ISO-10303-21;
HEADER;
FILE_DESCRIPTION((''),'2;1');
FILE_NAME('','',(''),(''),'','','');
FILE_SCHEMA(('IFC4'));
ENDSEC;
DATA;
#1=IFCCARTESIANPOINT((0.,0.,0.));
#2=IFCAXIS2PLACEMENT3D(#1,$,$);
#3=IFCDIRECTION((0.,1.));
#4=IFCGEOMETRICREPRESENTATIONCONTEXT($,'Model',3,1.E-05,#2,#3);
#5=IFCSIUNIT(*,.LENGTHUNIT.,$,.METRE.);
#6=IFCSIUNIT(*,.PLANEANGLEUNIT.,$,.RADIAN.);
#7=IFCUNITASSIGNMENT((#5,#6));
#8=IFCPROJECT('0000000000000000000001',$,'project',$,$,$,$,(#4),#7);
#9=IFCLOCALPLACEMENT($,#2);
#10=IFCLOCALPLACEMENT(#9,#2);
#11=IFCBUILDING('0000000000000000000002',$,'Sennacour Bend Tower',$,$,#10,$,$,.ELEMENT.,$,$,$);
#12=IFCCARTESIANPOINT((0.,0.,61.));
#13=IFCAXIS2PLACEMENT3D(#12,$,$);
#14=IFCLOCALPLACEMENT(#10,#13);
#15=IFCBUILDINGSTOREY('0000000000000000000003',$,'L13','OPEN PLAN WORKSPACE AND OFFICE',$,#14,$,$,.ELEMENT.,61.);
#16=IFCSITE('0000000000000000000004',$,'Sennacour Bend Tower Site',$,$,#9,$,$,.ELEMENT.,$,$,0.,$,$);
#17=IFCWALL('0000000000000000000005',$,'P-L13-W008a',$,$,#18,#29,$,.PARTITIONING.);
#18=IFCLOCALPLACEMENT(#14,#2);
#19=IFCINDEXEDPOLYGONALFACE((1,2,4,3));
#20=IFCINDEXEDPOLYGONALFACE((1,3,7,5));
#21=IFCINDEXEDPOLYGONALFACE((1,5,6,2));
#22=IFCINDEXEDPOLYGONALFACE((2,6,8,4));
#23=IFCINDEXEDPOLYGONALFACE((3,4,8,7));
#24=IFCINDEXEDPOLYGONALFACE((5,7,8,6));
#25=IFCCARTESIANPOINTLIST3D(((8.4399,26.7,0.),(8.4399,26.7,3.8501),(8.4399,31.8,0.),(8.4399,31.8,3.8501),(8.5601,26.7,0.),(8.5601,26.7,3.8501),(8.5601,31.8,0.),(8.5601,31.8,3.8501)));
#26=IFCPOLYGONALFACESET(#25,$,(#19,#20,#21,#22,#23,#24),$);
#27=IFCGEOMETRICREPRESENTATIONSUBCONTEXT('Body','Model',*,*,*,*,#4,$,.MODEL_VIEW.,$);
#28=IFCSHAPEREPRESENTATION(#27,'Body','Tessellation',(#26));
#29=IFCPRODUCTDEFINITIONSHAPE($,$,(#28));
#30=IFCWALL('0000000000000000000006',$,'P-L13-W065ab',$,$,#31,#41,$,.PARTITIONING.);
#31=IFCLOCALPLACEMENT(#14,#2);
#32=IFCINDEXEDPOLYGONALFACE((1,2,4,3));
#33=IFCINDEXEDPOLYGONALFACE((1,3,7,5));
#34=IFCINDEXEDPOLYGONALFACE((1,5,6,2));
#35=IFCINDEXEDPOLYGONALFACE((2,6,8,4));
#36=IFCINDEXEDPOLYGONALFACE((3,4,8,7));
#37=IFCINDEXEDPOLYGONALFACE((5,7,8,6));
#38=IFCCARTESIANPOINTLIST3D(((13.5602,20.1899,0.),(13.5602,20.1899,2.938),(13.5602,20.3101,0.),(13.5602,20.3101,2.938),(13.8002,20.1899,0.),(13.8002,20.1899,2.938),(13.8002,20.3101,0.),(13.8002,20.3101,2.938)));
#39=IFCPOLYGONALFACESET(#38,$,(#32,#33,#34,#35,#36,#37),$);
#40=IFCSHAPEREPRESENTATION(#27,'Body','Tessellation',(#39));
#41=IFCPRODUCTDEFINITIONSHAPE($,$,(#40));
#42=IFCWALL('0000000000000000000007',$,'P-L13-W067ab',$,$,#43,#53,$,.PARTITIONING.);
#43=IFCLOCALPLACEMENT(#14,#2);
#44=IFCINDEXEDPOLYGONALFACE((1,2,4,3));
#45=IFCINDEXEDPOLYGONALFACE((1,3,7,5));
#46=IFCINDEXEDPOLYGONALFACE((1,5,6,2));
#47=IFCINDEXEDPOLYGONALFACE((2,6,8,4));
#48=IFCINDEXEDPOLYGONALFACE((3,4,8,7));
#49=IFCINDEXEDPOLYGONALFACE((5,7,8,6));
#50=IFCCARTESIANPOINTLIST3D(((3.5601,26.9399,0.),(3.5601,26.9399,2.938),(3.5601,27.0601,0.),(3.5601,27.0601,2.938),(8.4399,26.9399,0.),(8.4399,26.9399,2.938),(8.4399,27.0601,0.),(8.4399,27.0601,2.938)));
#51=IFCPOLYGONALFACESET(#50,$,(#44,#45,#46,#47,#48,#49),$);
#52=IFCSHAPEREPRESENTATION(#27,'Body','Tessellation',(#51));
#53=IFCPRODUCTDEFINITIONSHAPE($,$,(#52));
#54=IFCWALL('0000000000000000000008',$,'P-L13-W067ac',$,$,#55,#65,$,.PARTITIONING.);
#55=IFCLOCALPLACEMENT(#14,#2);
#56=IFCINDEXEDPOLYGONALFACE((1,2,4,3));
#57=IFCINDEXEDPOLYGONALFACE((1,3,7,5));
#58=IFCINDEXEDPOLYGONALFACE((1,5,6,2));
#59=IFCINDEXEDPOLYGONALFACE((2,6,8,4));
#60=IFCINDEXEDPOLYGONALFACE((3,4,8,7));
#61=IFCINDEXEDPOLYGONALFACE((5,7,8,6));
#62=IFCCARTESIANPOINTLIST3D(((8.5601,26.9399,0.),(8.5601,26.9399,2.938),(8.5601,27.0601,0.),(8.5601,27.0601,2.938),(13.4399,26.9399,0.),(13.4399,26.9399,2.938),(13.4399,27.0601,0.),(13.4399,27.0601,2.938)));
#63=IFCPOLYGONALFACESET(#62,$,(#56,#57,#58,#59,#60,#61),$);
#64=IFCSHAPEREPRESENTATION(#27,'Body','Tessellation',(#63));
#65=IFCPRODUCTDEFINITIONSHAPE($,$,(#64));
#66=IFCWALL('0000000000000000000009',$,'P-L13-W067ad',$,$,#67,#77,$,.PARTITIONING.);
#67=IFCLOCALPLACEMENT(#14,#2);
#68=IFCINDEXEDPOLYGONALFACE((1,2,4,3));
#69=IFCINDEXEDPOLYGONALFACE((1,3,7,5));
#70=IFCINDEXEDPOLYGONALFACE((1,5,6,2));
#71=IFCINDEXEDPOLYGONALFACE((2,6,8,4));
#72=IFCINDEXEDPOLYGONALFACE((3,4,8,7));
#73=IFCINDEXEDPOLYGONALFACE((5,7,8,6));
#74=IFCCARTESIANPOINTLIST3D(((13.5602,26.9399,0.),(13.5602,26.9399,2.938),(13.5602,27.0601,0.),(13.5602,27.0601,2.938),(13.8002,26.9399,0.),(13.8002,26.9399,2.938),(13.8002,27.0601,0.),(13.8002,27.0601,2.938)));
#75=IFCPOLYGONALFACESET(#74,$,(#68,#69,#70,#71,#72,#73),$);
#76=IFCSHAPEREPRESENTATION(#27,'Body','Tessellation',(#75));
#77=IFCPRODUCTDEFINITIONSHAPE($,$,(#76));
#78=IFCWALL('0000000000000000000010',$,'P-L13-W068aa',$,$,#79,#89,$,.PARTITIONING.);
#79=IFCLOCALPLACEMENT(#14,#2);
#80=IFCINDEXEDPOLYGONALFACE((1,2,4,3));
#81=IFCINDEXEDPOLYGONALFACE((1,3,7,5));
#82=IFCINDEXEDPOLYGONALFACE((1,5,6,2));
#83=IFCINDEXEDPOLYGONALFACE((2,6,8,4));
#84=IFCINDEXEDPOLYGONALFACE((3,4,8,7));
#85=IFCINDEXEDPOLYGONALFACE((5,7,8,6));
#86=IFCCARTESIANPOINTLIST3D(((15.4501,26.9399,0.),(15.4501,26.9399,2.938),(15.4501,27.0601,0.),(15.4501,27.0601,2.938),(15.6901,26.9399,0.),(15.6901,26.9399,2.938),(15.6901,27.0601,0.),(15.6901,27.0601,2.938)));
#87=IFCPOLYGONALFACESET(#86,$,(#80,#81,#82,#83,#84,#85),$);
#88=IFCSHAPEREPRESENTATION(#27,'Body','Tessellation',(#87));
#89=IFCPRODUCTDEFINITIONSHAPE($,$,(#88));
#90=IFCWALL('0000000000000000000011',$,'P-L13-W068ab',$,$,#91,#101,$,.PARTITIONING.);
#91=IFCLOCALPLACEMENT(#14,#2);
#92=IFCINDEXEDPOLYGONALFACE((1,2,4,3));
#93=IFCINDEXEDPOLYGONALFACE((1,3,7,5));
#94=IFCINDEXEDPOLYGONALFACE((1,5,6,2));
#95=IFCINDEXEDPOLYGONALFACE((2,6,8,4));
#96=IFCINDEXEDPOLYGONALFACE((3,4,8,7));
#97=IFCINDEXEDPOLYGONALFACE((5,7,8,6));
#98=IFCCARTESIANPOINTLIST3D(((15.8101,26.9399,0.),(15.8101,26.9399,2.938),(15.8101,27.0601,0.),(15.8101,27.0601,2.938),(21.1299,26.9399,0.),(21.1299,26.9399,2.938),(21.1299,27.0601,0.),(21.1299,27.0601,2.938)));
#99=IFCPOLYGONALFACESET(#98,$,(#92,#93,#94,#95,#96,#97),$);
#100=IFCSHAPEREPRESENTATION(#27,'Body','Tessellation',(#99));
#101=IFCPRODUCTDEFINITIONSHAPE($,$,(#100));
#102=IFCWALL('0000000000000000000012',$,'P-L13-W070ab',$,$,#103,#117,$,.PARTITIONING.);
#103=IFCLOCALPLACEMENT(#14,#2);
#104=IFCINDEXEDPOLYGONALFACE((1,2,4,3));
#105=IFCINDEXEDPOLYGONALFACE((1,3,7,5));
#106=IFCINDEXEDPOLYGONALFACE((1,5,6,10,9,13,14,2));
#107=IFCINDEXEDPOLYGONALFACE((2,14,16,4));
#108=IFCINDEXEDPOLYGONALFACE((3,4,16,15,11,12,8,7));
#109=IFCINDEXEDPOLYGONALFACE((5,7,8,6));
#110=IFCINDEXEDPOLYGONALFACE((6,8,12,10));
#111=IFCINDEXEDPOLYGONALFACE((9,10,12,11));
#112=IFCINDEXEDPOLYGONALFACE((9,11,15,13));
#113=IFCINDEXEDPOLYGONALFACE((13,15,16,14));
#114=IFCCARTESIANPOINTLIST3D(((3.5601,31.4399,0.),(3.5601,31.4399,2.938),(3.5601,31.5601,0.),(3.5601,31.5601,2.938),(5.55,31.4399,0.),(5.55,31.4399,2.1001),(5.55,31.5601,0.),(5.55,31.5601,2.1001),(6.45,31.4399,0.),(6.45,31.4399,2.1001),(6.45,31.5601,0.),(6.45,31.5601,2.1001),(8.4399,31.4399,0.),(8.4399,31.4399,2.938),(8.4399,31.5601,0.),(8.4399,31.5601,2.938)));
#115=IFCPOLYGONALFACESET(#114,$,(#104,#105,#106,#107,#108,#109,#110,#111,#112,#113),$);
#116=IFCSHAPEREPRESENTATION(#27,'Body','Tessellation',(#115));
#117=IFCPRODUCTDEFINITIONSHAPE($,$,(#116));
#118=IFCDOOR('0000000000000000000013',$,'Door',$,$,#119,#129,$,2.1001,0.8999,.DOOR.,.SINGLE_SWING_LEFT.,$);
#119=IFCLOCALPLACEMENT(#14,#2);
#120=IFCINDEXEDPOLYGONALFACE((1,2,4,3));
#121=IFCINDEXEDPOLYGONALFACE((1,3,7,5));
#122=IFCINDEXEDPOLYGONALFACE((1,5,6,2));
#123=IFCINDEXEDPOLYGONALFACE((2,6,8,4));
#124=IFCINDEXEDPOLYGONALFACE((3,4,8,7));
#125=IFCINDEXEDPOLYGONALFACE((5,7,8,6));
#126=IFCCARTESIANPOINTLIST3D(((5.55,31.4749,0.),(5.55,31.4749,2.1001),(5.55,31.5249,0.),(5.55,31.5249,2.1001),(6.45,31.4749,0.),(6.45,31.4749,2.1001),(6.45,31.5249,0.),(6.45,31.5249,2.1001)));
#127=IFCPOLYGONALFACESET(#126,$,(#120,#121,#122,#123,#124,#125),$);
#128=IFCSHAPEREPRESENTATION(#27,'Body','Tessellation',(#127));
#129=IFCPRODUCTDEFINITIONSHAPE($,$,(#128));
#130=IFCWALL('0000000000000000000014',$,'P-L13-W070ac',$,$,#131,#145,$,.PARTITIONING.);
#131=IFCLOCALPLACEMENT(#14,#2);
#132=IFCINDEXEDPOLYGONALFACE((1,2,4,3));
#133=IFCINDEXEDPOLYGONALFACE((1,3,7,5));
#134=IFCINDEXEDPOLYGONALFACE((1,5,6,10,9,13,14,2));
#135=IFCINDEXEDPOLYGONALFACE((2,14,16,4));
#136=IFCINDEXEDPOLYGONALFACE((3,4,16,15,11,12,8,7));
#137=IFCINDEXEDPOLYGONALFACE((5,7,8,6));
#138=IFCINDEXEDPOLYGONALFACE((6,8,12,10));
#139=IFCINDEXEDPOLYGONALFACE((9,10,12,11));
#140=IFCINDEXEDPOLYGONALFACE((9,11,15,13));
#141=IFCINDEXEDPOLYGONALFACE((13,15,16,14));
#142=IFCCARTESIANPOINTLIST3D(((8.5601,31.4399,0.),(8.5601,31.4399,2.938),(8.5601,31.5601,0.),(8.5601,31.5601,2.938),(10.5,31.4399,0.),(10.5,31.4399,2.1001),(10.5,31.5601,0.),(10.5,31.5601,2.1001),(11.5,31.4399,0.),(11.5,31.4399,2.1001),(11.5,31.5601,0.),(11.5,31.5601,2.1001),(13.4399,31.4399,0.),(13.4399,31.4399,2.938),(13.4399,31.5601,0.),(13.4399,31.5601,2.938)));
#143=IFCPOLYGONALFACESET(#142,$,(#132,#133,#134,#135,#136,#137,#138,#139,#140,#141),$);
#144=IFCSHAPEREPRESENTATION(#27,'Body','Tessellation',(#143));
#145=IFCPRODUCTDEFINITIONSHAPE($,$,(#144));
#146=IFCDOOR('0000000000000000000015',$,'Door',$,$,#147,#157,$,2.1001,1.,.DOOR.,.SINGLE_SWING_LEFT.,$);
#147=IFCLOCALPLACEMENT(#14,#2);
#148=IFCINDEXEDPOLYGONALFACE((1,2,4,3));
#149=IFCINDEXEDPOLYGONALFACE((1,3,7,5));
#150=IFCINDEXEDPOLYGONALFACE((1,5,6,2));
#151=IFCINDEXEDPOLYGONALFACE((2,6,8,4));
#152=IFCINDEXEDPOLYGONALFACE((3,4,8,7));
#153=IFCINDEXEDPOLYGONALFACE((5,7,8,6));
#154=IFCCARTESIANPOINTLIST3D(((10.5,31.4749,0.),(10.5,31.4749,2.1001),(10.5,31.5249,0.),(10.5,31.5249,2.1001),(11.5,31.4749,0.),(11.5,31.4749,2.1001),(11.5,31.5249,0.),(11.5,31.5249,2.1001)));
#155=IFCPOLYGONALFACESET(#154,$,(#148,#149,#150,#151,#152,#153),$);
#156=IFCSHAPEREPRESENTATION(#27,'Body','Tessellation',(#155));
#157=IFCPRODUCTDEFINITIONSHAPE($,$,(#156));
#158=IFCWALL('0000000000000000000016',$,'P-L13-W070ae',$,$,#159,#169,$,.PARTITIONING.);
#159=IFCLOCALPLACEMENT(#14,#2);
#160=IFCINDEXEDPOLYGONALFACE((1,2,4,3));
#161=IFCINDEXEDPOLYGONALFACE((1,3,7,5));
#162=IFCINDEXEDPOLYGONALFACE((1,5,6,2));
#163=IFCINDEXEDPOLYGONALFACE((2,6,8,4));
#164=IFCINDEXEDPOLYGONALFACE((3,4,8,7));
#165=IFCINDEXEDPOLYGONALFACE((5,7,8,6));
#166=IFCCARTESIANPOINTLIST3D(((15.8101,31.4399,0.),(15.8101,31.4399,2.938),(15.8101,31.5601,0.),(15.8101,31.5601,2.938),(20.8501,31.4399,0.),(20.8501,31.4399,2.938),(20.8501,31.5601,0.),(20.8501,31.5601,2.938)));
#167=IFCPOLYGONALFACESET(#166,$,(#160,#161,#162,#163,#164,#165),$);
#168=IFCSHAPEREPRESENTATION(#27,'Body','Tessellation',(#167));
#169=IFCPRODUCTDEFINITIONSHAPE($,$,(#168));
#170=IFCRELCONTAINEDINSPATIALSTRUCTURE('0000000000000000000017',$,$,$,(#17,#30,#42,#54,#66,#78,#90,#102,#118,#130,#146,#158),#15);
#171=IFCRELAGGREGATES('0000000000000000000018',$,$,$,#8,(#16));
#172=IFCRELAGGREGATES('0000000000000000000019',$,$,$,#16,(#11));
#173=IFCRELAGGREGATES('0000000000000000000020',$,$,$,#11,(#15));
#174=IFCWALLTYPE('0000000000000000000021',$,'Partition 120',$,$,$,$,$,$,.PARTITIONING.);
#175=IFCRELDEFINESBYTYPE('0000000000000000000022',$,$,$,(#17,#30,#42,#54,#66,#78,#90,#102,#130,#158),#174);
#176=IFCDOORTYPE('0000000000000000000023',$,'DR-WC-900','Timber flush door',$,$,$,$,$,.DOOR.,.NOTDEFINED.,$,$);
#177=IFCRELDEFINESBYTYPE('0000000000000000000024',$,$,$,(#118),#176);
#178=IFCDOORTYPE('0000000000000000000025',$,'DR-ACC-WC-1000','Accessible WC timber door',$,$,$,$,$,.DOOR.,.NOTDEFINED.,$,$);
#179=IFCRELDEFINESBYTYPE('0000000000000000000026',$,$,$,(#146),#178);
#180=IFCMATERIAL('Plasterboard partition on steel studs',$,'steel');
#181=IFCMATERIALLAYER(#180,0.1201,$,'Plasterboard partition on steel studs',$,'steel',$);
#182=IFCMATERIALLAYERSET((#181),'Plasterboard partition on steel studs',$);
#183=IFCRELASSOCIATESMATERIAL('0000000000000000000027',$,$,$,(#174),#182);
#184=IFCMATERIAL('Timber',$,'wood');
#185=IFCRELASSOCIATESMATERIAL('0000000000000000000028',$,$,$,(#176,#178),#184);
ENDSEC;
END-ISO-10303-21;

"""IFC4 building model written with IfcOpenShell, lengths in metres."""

from ifc_helpers import new_model, si_unit, direction, frame, frame_2d, origin, place, context, subcontext, project, spatial, rectangle, extrude, material, layer, layer_set, type_object, element, fill, save


model = new_model("IFC4")

# Units and contexts
model_context = context("Model", 3, precision=1e-05, world=origin(), true_north=direction((0.0, 1.0)))
body_context = subcontext(model_context, "Body", "Model", "MODEL_VIEW")
ifc_project = project(units=[si_unit("LENGTHUNIT", "METRE"), si_unit("PLANEANGLEUNIT", "RADIAN")], contexts=[model_context])

# Site, building, storey
site_placement = place(None, origin())
site = spatial("IfcSite", under=ifc_project, at=site_placement, Name="Sennacour Bend Tower Site", CompositionType="ELEMENT", RefElevation=0.0)
building_placement = place(site_placement, origin())
building = spatial("IfcBuilding", under=site, at=building_placement, Name="Sennacour Bend Tower", CompositionType="ELEMENT")
storey_placement = place(building_placement, frame((0.0, 0.0, 61.0)))
storey = spatial("IfcBuildingStorey", under=building, at=storey_placement, Name="L13", Description="OPEN PLAN WORKSPACE AND OFFICE", CompositionType="ELEMENT", Elevation=61.0)

# Walls
ifc_material_1 = material(Name="Plasterboard partition on steel studs", Category="steel")
ifc_layer_1 = layer(ifc_material_1, 0.1201, Name="Plasterboard partition on steel studs", Category="steel")
ifc_layer_set_1 = layer_set([ifc_layer_1], Name="Plasterboard partition on steel studs")
wall_type_1 = type_object("IfcWallType", Name="Partition 120", PredefinedType="PARTITIONING", material=ifc_layer_set_1)
for number, where, z_axis, x_axis, name in (
    (1, (8.5, 26.7, 0.0), (0.0, 0.0, 1.0), (0.0, 1.0, 0.0), "P-L13-W008a"),
):
    element("IfcWall", number, at=place(storey_placement, frame(where, z_axis=z_axis, x_axis=x_axis)), inside=storey, type_object=wall_type_1, Name=name, PredefinedType="PARTITIONING", context=body_context, shape_type="SweptSolid", body=[
        extrude(rectangle(XDim=5.1001, YDim=0.1201, at=frame_2d((2.55, 0.0))), origin(), (0.0, 0.0, 1.0), 3.8501),
    ])
wall_1_placement = place(storey_placement, frame((13.5601, 20.25, 0.0), z_axis=(0.0, 0.0, 1.0), x_axis=(1.0, 0.0, 0.0)))
element("IfcWall", 2, at=wall_1_placement, inside=storey, type_object=wall_type_1, Name="P-L13-W065ab", PredefinedType="PARTITIONING", context=body_context, shape_type="SweptSolid", body=[
    extrude(rectangle(XDim=0.24, YDim=0.1201, at=frame_2d((0.1201, 0.0))), origin(), (0.0, 0.0, 1.0), 2.938),
])
for number, where, z_axis, x_axis, name in (
    (3, (3.5601, 27.0, 0.0), (0.0, 0.0, 1.0), (1.0, 0.0, 0.0), "P-L13-W067ab"),
    (4, (8.5601, 27.0, 0.0), (0.0, 0.0, 1.0), (1.0, 0.0, 0.0), "P-L13-W067ac"),
):
    element("IfcWall", number, at=place(storey_placement, frame(where, z_axis=z_axis, x_axis=x_axis)), inside=storey, type_object=wall_type_1, Name=name, PredefinedType="PARTITIONING", context=body_context, shape_type="SweptSolid", body=[
        extrude(rectangle(XDim=4.8799, YDim=0.1201, at=frame_2d((2.4399, 0.0))), origin(), (0.0, 0.0, 1.0), 2.938),
    ])
for number, where, z_axis, x_axis, name in (
    (5, (13.5601, 27.0, 0.0), (0.0, 0.0, 1.0), (1.0, 0.0, 0.0), "P-L13-W067ad"),
    (6, (15.45, 27.0, 0.0), (0.0, 0.0, 1.0), (1.0, 0.0, 0.0), "P-L13-W068aa"),
):
    element("IfcWall", number, at=place(storey_placement, frame(where, z_axis=z_axis, x_axis=x_axis)), inside=storey, type_object=wall_type_1, Name=name, PredefinedType="PARTITIONING", context=body_context, shape_type="SweptSolid", body=[
        extrude(rectangle(XDim=0.24, YDim=0.1201, at=frame_2d((0.1201, 0.0))), origin(), (0.0, 0.0, 1.0), 2.938),
    ])
wall_2_placement = place(storey_placement, frame((15.8101, 27.0, 0.0), z_axis=(0.0, 0.0, 1.0), x_axis=(1.0, 0.0, 0.0)))
element("IfcWall", 7, at=wall_2_placement, inside=storey, type_object=wall_type_1, Name="P-L13-W068ab", PredefinedType="PARTITIONING", context=body_context, shape_type="SweptSolid", body=[
    extrude(rectangle(XDim=5.3198, YDim=0.1201, at=frame_2d((2.6599, 0.0))), origin(), (0.0, 0.0, 1.0), 2.938),
])

# Walls, openings, doors
wall_3_placement = place(storey_placement, frame((3.5601, 31.5, 0.0), z_axis=(0.0, 0.0, 1.0), x_axis=(1.0, 0.0, 0.0)))
wall_3 = element("IfcWall", 8, at=wall_3_placement, inside=storey, type_object=wall_type_1, Name="P-L13-W070ab", PredefinedType="PARTITIONING", context=body_context, shape_type="SweptSolid", body=[
    extrude(rectangle(XDim=4.8799, YDim=0.1201, at=frame_2d((2.4399, 0.0))), origin(), (0.0, 0.0, 1.0), 2.938),
])
opening_1_placement = place(wall_3_placement, frame((1.99, 0.0, 0.0)))
opening_1 = element("IfcOpeningElement", 9, at=opening_1_placement, cuts=wall_3, PredefinedType="OPENING", context=body_context, shape_type="SweptSolid", body=[
    extrude(rectangle(XDim=0.8999, YDim=2.1001, at=frame_2d((0.45, 1.05))), frame((0.0, 0.0701, 0.0), z_axis=(0.0, -1.0, 0.0), x_axis=(1.0, 0.0, 0.0)), (0.0, 0.0, 1.0), 0.1401),
])
ifc_material_2 = material(Name="Timber", Category="wood")
door_type_1 = type_object("IfcDoorType", Name="DR-WC-900", Description="Timber flush door", OperationType="NOTDEFINED", PredefinedType="DOOR", material=ifc_material_2)
door_1_placement = place(opening_1_placement, origin())
door_1 = element("IfcDoor", 10, at=door_1_placement, inside=storey, type_object=door_type_1, Name="Door", OperationType="SINGLE_SWING_LEFT", OverallHeight=2.1001, OverallWidth=0.8999, PredefinedType="DOOR", context=body_context, shape_type="SweptSolid", body=[
    extrude(rectangle(XDim=0.8999, YDim=2.1001, at=frame_2d((0.45, 1.05))), frame((0.0, 0.0249, 0.0), z_axis=(0.0, -1.0, 0.0), x_axis=(1.0, 0.0, 0.0)), (0.0, 0.0, 1.0), 0.05),
])
fill(opening_1, door_1)
wall_4_placement = place(storey_placement, frame((8.5601, 31.5, 0.0), z_axis=(0.0, 0.0, 1.0), x_axis=(1.0, 0.0, 0.0)))
wall_4 = element("IfcWall", 11, at=wall_4_placement, inside=storey, type_object=wall_type_1, Name="P-L13-W070ac", PredefinedType="PARTITIONING", context=body_context, shape_type="SweptSolid", body=[
    extrude(rectangle(XDim=4.8799, YDim=0.1201, at=frame_2d((2.4399, 0.0))), origin(), (0.0, 0.0, 1.0), 2.938),
])
opening_2_placement = place(wall_4_placement, frame((1.9399, 0.0, 0.0)))
opening_2 = element("IfcOpeningElement", 12, at=opening_2_placement, cuts=wall_4, PredefinedType="OPENING", context=body_context, shape_type="SweptSolid", body=[
    extrude(rectangle(XDim=1.0, YDim=2.1001, at=frame_2d((0.5, 1.05))), frame((0.0, 0.0701, 0.0), z_axis=(0.0, -1.0, 0.0), x_axis=(1.0, 0.0, 0.0)), (0.0, 0.0, 1.0), 0.1401),
])
door_type_2 = type_object("IfcDoorType", Name="DR-ACC-WC-1000", Description="Accessible WC timber door", OperationType="NOTDEFINED", PredefinedType="DOOR", material=ifc_material_2)
door_2_placement = place(opening_2_placement, origin())
door_2 = element("IfcDoor", 13, at=door_2_placement, inside=storey, type_object=door_type_2, Name="Door", OperationType="SINGLE_SWING_LEFT", OverallHeight=2.1001, OverallWidth=1.0, PredefinedType="DOOR", context=body_context, shape_type="SweptSolid", body=[
    extrude(rectangle(XDim=1.0, YDim=2.1001, at=frame_2d((0.5, 1.05))), frame((0.0, 0.0249, 0.0), z_axis=(0.0, -1.0, 0.0), x_axis=(1.0, 0.0, 0.0)), (0.0, 0.0, 1.0), 0.05),
])
fill(opening_2, door_2)

# Wall
wall_5_placement = place(storey_placement, frame((15.8101, 31.5, 0.0), z_axis=(0.0, 0.0, 1.0), x_axis=(1.0, 0.0, 0.0)))
element("IfcWall", 14, at=wall_5_placement, inside=storey, type_object=wall_type_1, Name="P-L13-W070ae", PredefinedType="PARTITIONING", context=body_context, shape_type="SweptSolid", body=[
    extrude(rectangle(XDim=5.04, YDim=0.1201, at=frame_2d((2.52, 0.0))), origin(), (0.0, 0.0, 1.0), 2.938),
])

save(model, "model.ifc")
